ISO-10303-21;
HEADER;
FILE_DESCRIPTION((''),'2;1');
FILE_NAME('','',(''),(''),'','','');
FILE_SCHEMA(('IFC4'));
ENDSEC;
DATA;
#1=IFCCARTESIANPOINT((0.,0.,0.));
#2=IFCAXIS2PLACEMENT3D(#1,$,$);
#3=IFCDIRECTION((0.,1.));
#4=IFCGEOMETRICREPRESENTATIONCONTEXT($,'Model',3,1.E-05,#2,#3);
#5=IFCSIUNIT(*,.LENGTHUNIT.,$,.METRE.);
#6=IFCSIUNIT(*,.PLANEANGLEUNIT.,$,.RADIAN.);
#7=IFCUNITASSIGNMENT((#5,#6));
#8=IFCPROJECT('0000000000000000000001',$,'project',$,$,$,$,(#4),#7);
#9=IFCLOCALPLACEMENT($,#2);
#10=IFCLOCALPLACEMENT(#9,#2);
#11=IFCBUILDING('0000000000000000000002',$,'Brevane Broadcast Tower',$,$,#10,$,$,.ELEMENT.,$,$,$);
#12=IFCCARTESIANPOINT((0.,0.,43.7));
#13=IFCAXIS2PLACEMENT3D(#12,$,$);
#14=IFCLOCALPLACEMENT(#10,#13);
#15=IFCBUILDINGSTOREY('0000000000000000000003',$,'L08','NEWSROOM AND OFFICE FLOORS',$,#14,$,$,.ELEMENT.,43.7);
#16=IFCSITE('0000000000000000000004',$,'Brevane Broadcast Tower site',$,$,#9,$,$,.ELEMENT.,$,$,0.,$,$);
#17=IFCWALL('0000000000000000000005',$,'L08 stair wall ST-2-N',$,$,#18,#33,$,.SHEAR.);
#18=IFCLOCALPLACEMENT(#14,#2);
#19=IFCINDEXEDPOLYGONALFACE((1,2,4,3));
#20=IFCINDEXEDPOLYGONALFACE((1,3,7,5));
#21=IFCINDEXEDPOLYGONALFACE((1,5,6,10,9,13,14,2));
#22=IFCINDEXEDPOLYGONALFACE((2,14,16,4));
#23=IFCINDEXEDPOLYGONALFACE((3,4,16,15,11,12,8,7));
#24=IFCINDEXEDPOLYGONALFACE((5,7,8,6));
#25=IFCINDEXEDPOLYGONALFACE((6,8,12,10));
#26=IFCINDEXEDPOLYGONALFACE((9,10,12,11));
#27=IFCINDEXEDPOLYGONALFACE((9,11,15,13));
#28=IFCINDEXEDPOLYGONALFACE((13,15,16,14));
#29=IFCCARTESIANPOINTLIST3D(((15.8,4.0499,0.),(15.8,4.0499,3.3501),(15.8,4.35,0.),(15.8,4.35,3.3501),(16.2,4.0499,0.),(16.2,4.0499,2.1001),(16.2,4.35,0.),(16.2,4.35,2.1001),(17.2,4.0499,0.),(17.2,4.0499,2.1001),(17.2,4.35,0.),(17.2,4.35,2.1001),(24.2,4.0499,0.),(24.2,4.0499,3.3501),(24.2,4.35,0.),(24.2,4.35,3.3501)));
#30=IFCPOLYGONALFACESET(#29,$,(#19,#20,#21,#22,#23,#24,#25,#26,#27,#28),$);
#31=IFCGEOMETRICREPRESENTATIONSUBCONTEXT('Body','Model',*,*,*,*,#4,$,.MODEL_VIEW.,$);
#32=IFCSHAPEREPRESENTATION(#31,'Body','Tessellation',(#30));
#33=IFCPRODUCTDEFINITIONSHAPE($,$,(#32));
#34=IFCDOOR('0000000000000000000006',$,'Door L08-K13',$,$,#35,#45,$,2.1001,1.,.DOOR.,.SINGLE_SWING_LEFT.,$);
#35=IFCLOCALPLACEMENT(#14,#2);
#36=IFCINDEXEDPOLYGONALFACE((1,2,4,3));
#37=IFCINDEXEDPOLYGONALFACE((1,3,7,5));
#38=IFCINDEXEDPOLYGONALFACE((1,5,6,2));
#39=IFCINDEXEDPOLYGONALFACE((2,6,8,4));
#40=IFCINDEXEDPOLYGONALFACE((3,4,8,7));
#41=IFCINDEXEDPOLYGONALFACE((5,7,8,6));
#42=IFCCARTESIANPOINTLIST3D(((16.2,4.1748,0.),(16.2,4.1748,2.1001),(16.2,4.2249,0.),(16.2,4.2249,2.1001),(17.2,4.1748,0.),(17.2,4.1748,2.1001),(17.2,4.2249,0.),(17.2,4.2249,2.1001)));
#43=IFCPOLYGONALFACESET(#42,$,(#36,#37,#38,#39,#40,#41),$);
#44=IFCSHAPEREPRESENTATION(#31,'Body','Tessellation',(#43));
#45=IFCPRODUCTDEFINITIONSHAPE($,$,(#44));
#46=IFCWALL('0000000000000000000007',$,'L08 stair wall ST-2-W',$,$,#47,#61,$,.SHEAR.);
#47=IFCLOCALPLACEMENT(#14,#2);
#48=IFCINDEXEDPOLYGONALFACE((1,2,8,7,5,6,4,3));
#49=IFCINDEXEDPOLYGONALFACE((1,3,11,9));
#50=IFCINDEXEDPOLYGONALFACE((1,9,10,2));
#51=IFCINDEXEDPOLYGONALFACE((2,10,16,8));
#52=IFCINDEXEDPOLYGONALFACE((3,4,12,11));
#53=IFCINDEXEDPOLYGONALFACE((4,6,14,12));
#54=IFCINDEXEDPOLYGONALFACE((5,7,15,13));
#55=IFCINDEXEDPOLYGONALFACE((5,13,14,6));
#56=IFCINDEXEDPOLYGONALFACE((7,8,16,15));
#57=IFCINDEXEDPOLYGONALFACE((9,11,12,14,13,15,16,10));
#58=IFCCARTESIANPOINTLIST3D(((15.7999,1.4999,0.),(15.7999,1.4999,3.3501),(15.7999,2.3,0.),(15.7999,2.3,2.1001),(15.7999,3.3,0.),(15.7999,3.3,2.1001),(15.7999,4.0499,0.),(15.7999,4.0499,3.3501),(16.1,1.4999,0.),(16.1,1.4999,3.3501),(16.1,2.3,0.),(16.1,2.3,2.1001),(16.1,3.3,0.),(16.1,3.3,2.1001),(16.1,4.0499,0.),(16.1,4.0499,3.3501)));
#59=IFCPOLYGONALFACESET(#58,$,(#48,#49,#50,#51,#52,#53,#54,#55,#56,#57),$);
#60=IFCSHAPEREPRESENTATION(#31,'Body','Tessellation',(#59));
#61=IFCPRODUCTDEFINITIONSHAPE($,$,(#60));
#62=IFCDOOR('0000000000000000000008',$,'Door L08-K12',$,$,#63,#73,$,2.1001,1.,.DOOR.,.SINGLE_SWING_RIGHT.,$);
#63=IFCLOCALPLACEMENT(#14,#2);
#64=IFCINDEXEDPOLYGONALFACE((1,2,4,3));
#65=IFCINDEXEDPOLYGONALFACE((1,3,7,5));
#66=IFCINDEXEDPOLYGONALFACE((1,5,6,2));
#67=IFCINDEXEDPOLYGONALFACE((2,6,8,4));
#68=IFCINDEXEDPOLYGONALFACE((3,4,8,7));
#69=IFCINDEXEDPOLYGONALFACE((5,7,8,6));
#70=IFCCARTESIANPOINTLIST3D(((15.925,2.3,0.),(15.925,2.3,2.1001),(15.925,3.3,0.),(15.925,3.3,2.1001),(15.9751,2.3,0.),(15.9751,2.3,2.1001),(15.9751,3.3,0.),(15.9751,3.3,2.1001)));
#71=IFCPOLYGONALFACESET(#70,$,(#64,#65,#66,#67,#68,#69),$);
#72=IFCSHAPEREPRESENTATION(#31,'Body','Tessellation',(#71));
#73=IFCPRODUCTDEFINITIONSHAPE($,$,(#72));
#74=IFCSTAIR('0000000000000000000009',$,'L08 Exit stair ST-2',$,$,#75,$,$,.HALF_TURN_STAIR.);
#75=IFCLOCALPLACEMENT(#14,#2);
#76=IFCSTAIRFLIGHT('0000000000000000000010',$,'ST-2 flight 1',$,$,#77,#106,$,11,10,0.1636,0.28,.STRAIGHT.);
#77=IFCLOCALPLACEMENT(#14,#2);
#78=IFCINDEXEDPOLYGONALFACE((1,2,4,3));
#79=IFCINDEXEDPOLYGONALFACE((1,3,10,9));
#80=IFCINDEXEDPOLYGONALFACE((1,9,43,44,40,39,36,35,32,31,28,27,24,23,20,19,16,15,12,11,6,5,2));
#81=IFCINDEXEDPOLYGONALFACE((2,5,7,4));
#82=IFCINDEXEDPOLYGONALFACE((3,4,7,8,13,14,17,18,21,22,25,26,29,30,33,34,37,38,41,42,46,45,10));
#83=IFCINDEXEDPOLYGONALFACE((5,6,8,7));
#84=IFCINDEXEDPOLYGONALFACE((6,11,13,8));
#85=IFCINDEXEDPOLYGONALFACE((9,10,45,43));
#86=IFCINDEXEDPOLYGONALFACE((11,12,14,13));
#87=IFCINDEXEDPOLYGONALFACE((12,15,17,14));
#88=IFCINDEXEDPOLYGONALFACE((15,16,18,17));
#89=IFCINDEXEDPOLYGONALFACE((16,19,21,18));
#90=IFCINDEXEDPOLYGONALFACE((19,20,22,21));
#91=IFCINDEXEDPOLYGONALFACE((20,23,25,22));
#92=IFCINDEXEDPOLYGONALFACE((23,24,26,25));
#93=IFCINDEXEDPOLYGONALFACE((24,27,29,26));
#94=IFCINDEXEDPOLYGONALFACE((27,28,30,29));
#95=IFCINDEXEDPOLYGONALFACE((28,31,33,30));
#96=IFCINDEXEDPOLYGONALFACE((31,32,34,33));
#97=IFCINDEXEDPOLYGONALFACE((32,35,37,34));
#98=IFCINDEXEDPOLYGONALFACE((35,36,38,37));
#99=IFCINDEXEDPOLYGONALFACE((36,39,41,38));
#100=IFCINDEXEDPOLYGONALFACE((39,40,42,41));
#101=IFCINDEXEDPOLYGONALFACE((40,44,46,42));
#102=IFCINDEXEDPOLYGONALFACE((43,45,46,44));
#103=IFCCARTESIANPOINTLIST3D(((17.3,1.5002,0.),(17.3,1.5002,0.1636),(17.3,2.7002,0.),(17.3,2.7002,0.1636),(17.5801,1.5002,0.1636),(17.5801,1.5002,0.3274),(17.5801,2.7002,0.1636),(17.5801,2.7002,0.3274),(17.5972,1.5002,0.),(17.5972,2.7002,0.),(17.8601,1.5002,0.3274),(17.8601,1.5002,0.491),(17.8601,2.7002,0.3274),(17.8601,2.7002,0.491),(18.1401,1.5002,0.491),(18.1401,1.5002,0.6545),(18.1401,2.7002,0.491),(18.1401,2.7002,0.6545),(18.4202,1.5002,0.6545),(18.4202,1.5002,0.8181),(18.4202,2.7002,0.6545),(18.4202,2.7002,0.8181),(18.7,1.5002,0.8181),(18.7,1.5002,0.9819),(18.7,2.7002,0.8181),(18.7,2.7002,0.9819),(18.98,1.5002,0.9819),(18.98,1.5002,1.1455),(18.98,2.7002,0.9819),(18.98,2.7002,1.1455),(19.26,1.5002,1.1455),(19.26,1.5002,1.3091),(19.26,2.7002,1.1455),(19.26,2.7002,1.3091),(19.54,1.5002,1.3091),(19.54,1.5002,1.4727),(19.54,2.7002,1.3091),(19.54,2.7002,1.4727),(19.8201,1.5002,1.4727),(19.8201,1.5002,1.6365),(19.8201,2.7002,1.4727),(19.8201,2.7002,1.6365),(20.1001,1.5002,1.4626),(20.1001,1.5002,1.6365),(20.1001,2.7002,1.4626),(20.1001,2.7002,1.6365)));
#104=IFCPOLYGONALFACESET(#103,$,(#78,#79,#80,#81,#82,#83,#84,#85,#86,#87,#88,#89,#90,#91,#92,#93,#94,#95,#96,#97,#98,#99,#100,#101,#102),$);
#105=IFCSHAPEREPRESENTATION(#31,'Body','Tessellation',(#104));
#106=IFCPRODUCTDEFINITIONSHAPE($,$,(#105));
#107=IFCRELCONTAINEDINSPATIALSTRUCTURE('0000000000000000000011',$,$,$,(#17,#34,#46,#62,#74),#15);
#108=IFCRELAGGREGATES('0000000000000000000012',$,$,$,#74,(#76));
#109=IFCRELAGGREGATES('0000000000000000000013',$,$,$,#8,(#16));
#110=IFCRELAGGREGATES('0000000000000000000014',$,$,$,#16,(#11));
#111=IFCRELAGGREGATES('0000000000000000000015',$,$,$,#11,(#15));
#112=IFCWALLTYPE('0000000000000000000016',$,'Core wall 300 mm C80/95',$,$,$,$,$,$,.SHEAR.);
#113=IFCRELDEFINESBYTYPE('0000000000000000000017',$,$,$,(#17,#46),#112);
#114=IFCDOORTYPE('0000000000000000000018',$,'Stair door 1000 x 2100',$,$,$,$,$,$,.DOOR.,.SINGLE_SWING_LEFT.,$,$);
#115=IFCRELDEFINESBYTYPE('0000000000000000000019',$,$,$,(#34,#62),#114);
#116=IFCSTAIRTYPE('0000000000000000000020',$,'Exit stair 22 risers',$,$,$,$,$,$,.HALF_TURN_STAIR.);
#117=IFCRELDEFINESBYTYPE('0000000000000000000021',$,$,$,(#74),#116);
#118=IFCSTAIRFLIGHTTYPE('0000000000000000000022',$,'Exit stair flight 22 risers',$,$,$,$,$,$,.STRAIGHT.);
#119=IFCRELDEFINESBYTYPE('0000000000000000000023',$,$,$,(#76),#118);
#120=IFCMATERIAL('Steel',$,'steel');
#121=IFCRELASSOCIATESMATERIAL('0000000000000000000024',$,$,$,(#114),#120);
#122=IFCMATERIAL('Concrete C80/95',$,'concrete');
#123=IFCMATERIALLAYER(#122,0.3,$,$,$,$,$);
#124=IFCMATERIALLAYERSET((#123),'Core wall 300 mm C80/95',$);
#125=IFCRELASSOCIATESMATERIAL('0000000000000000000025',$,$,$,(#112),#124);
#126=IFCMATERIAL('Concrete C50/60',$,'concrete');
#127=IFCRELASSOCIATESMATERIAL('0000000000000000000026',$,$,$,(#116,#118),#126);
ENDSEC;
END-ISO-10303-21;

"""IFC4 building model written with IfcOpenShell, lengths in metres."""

from ifc_helpers import new_model, si_unit, direction, frame, frame_2d, origin, place, context, subcontext, project, spatial, polyline, rectangle, outline, extrude, material, layer, layer_set, type_object, element, fill, aggregate, save


model = new_model("IFC4")

# Units and contexts
model_context = context("Model", 3, precision=1e-05, world=origin(), true_north=direction((0.0, 1.0)))
body_context = subcontext(model_context, "Body", "Model", "MODEL_VIEW")
ifc_project = project(units=[si_unit("LENGTHUNIT", "METRE"), si_unit("PLANEANGLEUNIT", "RADIAN")], contexts=[model_context])

# Site, building, storey
site_placement = place(None, origin())
site = spatial("IfcSite", under=ifc_project, at=site_placement, Name="Brevane Broadcast Tower site", CompositionType="ELEMENT", RefElevation=0.0)
building_placement = place(site_placement, origin())
building = spatial("IfcBuilding", under=site, at=building_placement, Name="Brevane Broadcast Tower", CompositionType="ELEMENT")
storey_placement = place(building_placement, frame((0.0, 0.0, 43.7)))
storey = spatial("IfcBuildingStorey", under=building, at=storey_placement, Name="L08", Description="NEWSROOM AND OFFICE FLOORS", CompositionType="ELEMENT", Elevation=43.7)

# Shared definitions
ifc_material_1 = material(Name="Steel", Category="steel")
door_type_1 = type_object("IfcDoorType", Name="Stair door 1000 x 2100", OperationType="SINGLE_SWING_LEFT", PredefinedType="DOOR", material=ifc_material_1)

# Shared definitions
ifc_material_2 = material(Name="Concrete C80/95", Category="concrete")
ifc_layer_1 = layer(ifc_material_2, 0.3)
ifc_layer_set_1 = layer_set([ifc_layer_1], Name="Core wall 300 mm C80/95")
wall_type_1 = type_object("IfcWallType", Name="Core wall 300 mm C80/95", PredefinedType="SHEAR", material=ifc_layer_set_1)

# Walls, openings, doors
wall_1_placement = place(storey_placement, frame((15.8, 4.2, 0.0), z_axis=(0.0, 0.0, 1.0), x_axis=(1.0, 0.0, 0.0)))
wall_1 = element("IfcWall", 1, at=wall_1_placement, inside=storey, type_object=wall_type_1, Name="L08 stair wall ST-2-N", PredefinedType="SHEAR", context=body_context, shape_type="SweptSolid", body=[
    extrude(rectangle(XDim=8.3999, YDim=0.3, at=frame_2d((4.2, 0.0))), origin(), (0.0, 0.0, 1.0), 3.3501),
])
opening_1_placement = place(wall_1_placement, frame((0.3999, 0.0, 0.0)))
opening_1 = element("IfcOpeningElement", 2, at=opening_1_placement, cuts=wall_1, PredefinedType="OPENING", context=body_context, shape_type="SweptSolid", body=[
    extrude(rectangle(XDim=1.0, YDim=2.1001, at=frame_2d((0.5, 1.05))), frame((0.0, 0.1599, 0.0), z_axis=(0.0, -1.0, 0.0), x_axis=(1.0, 0.0, 0.0)), (0.0, 0.0, 1.0), 0.3201),
])
door_1_placement = place(opening_1_placement, origin())
door_1 = element("IfcDoor", 3, at=door_1_placement, inside=storey, type_object=door_type_1, Name="Door L08-K13", OperationType="SINGLE_SWING_LEFT", OverallHeight=2.1001, OverallWidth=1.0, PredefinedType="DOOR", context=body_context, shape_type="SweptSolid", body=[
    extrude(rectangle(XDim=1.0, YDim=2.1001, at=frame_2d((0.5, 1.05))), frame((0.0, 0.0249, 0.0), z_axis=(0.0, -1.0, 0.0), x_axis=(1.0, 0.0, 0.0)), (0.0, 0.0, 1.0), 0.05),
])
fill(opening_1, door_1)
wall_2_placement = place(storey_placement, frame((15.95, 1.5, 0.0), z_axis=(0.0, 0.0, 1.0), x_axis=(0.0, 1.0, 0.0)))
wall_2 = element("IfcWall", 4, at=wall_2_placement, inside=storey, type_object=wall_type_1, Name="L08 stair wall ST-2-W", PredefinedType="SHEAR", context=body_context, shape_type="SweptSolid", body=[
    extrude(rectangle(XDim=2.55, YDim=0.3, at=frame_2d((1.2749, 0.0))), origin(), (0.0, 0.0, 1.0), 3.3501),
])
opening_2_placement = place(wall_2_placement, frame((0.8, 0.0, 0.0)))
opening_2 = element("IfcOpeningElement", 5, at=opening_2_placement, cuts=wall_2, PredefinedType="OPENING", context=body_context, shape_type="SweptSolid", body=[
    extrude(rectangle(XDim=1.0, YDim=2.1001, at=frame_2d((0.5, 1.05))), frame((0.0, 0.1599, 0.0), z_axis=(0.0, -1.0, 0.0), x_axis=(1.0, 0.0, 0.0)), (0.0, 0.0, 1.0), 0.3201),
])
door_2_placement = place(opening_2_placement, origin())
door_2 = element("IfcDoor", 6, at=door_2_placement, inside=storey, type_object=door_type_1, Name="Door L08-K12", OperationType="SINGLE_SWING_RIGHT", OverallHeight=2.1001, OverallWidth=1.0, PredefinedType="DOOR", context=body_context, shape_type="SweptSolid", body=[
    extrude(rectangle(XDim=1.0, YDim=2.1001, at=frame_2d((0.5, 1.05))), frame((0.0, 0.0249, 0.0), z_axis=(0.0, -1.0, 0.0), x_axis=(1.0, 0.0, 0.0)), (0.0, 0.0, 1.0), 0.05),
])
fill(opening_2, door_2)

# Stair, stair flight
ifc_material_3 = material(Name="Concrete C50/60", Category="concrete")
stair_type = type_object("IfcStairType", Name="Exit stair 22 risers", PredefinedType="HALF_TURN_STAIR", material=ifc_material_3)
stair_placement = place(storey_placement, origin())
stair = element("IfcStair", 7, at=stair_placement, inside=storey, type_object=stair_type, Name="L08 Exit stair ST-2", PredefinedType="HALF_TURN_STAIR")
stair_flight_type = type_object("IfcStairFlightType", Name="Exit stair flight 22 risers", PredefinedType="STRAIGHT", material=ifc_material_3)
stair_flight_placement = place(storey_placement, frame((17.3, 2.1001, 0.0), z_axis=(0.0, 0.0, 1.0), x_axis=(1.0, 0.0, 0.0)))
stair_flight = element("IfcStairFlight", 8, at=stair_flight_placement, type_object=stair_flight_type, Name="ST-2 flight 1", NumberOfRisers=11, NumberOfTreads=10, PredefinedType="STRAIGHT", RiserHeight=0.1636, TreadLength=0.28, context=body_context, shape_type="SweptSolid", body=[
    extrude(outline(polyline([(0.0, 0.0), (0.0, 0.1636), (0.28, 0.1636), (0.28, 0.3274), (0.5601, 0.3274), (0.5601, 0.491), (0.8401, 0.491), (0.8401, 0.6545), (1.1201, 0.6545), (1.1201, 0.8181), (1.3999, 0.8181), (1.3999, 0.9819), (1.6799, 0.9819), (1.6799, 1.1455), (1.96, 1.1455), (1.96, 1.3091), (2.24, 1.3091), (2.24, 1.4727), (2.52, 1.4727), (2.52, 1.6365), (2.8, 1.6365), (2.8, 1.8), (2.8, 1.4626), (0.2971, 0.0), (0.0, 0.0)])), frame((0.0, 0.6001, 0.0), z_axis=(0.0, -1.0, 0.0), x_axis=(1.0, 0.0, 0.0)), (0.0, 0.0, 1.0), 1.2),
])
aggregate(stair, [stair_flight])

save(model, "model.ifc")
